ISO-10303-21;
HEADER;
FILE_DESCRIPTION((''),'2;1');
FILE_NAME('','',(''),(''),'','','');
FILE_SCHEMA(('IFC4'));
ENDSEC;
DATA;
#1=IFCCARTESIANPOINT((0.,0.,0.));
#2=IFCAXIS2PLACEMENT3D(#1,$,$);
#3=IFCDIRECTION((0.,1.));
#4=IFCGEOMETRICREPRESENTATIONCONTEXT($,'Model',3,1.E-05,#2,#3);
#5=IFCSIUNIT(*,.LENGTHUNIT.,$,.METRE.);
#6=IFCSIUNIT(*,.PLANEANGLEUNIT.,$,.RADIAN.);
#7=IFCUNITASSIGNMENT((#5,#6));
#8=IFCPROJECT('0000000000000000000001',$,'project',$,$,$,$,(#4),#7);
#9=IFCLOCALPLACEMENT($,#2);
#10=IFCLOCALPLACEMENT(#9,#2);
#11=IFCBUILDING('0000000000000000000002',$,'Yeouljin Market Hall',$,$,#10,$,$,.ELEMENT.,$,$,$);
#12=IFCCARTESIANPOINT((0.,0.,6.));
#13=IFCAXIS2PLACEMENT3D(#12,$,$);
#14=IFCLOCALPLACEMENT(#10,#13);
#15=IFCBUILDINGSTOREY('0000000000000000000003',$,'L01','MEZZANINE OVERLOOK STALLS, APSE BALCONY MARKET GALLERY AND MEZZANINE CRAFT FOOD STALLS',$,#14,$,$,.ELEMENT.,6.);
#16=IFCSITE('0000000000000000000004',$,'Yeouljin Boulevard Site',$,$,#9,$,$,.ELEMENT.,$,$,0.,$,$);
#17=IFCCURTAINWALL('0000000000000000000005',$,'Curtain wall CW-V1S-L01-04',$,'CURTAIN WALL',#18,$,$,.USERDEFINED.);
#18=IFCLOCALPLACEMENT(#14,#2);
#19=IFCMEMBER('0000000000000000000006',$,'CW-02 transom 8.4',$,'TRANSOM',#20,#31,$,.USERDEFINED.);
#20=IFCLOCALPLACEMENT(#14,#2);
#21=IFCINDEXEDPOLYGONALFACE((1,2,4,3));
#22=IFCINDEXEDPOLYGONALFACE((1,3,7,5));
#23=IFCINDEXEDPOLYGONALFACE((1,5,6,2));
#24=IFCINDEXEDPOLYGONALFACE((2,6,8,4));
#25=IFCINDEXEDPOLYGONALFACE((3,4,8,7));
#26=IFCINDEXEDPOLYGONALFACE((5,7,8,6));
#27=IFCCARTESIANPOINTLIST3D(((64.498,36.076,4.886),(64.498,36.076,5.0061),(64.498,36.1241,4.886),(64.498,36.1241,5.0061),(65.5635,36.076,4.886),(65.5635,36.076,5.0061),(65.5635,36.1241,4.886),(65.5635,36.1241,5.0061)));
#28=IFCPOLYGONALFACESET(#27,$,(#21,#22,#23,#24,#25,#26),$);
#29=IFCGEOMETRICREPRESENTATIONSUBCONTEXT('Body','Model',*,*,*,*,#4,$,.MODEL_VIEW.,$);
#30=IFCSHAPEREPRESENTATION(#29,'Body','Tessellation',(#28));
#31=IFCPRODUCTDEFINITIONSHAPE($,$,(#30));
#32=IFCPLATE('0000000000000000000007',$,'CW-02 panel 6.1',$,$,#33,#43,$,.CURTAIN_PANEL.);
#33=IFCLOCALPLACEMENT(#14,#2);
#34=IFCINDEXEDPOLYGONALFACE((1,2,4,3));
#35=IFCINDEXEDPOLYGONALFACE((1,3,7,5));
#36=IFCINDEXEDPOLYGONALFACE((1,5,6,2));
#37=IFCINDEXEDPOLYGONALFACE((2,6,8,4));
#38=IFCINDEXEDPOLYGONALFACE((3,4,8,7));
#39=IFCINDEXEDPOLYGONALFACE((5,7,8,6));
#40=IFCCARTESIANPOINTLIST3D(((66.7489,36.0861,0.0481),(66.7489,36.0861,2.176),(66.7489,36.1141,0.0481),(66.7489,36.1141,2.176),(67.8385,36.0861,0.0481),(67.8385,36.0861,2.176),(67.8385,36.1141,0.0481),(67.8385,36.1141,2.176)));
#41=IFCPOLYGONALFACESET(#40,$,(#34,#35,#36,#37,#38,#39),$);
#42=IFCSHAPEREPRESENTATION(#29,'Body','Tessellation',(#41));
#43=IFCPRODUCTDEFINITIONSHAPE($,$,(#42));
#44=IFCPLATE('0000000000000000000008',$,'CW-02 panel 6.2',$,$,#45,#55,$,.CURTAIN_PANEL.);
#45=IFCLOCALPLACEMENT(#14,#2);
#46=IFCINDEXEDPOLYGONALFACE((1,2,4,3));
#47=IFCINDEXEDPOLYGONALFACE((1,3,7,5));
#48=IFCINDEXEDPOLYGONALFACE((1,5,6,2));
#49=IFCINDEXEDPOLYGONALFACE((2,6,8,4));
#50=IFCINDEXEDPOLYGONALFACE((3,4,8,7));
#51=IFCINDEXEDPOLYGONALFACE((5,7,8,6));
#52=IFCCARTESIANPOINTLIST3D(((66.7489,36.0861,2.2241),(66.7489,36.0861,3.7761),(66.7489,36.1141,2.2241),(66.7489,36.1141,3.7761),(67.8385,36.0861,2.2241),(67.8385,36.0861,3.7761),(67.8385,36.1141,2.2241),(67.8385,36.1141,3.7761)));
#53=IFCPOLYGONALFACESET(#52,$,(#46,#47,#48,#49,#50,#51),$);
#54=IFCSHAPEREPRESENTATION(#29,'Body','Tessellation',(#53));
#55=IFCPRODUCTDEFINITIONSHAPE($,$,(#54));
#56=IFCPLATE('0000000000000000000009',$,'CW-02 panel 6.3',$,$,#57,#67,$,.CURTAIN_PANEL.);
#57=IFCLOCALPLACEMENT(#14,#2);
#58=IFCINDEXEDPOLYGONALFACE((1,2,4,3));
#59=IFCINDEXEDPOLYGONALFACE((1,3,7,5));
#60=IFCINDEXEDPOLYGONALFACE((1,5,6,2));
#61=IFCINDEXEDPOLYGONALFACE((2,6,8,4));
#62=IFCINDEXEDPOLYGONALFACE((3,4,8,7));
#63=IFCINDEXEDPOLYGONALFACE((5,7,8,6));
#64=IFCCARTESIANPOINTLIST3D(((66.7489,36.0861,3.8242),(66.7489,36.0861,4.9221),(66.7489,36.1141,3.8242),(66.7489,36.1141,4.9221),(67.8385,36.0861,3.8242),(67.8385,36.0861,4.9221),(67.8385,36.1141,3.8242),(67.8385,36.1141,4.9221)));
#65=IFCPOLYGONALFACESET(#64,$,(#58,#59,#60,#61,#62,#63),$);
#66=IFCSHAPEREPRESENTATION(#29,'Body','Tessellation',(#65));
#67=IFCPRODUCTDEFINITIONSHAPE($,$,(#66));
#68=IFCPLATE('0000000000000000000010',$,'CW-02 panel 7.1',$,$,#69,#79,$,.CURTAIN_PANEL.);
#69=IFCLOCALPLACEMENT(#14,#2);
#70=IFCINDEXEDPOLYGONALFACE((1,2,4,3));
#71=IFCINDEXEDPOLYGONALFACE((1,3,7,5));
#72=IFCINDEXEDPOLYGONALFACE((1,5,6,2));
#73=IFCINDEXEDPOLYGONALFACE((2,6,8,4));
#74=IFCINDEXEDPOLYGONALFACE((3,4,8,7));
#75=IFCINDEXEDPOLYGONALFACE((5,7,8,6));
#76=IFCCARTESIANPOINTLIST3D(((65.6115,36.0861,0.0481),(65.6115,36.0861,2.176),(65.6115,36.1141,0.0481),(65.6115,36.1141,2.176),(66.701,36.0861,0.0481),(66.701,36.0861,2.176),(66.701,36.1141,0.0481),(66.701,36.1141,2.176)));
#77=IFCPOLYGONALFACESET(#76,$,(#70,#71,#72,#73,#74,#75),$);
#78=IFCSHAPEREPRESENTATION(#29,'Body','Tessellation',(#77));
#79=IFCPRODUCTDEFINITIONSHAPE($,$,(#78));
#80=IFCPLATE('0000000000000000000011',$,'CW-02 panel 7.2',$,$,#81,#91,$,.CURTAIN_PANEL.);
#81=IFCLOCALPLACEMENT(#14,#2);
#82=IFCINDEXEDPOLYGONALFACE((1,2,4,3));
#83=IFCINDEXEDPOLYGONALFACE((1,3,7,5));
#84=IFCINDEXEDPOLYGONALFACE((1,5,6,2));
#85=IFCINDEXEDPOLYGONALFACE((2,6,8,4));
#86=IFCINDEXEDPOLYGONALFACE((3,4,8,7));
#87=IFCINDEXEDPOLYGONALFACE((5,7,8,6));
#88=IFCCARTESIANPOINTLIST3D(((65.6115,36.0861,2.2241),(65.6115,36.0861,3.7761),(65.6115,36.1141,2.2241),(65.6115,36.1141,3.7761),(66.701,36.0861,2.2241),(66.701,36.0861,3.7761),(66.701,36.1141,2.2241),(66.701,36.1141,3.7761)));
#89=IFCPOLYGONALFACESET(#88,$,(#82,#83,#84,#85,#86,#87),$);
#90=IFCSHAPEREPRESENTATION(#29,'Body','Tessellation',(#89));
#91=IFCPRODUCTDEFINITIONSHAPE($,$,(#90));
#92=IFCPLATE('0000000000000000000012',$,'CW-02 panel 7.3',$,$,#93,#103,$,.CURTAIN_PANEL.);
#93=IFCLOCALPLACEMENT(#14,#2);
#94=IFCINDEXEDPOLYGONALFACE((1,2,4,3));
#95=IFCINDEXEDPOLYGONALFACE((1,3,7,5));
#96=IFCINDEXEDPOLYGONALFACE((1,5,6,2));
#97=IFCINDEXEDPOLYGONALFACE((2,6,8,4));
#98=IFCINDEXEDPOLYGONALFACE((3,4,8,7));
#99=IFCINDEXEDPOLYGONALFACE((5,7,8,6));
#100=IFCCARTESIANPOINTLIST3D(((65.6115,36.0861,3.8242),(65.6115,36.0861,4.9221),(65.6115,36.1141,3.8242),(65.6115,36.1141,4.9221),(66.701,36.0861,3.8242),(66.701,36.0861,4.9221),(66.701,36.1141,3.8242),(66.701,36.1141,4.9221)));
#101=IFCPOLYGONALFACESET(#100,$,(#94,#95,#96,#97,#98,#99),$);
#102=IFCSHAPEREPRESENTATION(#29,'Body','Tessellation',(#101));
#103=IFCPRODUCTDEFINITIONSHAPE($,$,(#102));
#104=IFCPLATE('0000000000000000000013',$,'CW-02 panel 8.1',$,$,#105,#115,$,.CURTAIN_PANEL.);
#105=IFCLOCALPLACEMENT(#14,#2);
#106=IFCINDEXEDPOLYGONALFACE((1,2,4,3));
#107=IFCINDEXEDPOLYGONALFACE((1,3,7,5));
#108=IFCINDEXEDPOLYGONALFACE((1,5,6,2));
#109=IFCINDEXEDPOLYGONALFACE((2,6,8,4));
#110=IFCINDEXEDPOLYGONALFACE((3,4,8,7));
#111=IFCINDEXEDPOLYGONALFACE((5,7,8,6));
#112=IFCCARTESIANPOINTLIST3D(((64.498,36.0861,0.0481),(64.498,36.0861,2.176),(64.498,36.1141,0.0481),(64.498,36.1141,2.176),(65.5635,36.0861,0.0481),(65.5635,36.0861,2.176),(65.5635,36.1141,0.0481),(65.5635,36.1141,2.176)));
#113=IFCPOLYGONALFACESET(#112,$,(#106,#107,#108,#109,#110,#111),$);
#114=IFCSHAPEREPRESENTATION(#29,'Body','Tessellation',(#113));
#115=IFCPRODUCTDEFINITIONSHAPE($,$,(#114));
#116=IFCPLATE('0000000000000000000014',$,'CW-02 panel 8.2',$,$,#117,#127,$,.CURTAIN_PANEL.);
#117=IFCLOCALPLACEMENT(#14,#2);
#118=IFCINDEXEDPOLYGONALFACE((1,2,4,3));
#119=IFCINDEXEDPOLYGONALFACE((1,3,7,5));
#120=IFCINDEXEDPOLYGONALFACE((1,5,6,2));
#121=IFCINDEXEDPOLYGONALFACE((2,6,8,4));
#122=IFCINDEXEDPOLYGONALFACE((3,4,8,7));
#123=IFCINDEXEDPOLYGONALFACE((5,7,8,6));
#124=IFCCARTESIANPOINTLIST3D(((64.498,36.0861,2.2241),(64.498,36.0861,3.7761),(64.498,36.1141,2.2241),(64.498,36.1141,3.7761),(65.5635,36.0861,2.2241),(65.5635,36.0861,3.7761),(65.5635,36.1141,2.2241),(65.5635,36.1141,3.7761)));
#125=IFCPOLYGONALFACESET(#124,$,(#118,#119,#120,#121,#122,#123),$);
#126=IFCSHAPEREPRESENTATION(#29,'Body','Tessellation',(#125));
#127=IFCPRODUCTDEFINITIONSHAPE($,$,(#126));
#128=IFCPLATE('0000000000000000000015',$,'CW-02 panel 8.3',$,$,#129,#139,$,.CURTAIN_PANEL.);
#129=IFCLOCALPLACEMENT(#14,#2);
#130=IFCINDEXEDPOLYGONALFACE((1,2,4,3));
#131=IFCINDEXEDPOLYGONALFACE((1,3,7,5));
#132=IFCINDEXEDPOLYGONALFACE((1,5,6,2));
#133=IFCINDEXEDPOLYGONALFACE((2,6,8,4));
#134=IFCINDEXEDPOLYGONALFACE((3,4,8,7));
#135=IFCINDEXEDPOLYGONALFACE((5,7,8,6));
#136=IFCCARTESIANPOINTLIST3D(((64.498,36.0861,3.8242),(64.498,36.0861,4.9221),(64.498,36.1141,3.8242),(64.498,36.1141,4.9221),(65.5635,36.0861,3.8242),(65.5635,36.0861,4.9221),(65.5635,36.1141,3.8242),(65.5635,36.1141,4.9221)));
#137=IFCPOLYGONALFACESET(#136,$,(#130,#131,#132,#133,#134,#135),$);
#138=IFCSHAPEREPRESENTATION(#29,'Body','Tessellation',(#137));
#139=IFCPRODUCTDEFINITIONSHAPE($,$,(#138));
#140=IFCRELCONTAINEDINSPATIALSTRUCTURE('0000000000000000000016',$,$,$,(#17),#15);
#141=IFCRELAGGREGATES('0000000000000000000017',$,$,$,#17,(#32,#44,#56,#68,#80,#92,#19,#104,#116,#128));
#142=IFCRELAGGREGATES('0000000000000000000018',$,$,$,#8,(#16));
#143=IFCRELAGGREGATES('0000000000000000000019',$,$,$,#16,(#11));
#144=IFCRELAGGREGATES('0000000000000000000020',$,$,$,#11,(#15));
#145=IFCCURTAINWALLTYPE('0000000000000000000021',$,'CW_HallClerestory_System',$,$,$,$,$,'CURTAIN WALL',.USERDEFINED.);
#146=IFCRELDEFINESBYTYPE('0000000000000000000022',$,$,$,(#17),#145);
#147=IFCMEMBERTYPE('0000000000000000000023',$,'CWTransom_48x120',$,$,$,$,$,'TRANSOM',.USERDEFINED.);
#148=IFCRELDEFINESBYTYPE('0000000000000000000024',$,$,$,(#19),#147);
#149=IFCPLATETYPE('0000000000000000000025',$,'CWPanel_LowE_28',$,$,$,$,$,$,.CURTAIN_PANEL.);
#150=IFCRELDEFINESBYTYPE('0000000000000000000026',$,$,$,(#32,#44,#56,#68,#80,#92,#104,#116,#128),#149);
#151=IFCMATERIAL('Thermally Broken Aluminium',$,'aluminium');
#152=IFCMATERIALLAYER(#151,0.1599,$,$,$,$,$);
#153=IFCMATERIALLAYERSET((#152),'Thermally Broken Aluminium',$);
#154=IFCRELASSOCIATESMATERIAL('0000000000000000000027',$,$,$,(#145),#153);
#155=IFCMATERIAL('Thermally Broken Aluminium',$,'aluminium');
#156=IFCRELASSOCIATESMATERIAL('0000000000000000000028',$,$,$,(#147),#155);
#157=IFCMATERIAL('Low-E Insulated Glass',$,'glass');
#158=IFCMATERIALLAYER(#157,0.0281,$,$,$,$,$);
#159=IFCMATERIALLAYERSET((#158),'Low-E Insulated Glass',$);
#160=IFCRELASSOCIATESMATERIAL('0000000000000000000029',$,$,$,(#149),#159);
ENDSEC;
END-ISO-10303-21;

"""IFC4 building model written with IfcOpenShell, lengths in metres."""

from ifc_helpers import new_model, si_unit, direction, frame, origin, origin_2d, place, context, subcontext, project, spatial, rectangle, extrude, material, layer, layer_set, material_profile, profile_set, type_object, element, aggregate, save


model = new_model("IFC4")

# Units and contexts
model_context = context("Model", 3, precision=1e-05, world=origin(), true_north=direction((0.0, 1.0)))
body_context = subcontext(model_context, "Body", "Model", "MODEL_VIEW")
ifc_project = project(units=[si_unit("LENGTHUNIT", "METRE"), si_unit("PLANEANGLEUNIT", "RADIAN")], contexts=[model_context])

# Site, building, storey
site_placement = place(None, origin())
site = spatial("IfcSite", under=ifc_project, at=site_placement, Name="Yeouljin Boulevard Site", CompositionType="ELEMENT", RefElevation=0.0)
building_placement = place(site_placement, origin())
building = spatial("IfcBuilding", under=site, at=building_placement, Name="Yeouljin Market Hall", CompositionType="ELEMENT")
storey_placement = place(building_placement, frame((0.0, 0.0, 6.0)))
storey = spatial("IfcBuildingStorey", under=building, at=storey_placement, Name="L01", Description="MEZZANINE OVERLOOK STALLS, APSE BALCONY MARKET GALLERY AND MEZZANINE CRAFT FOOD STALLS", CompositionType="ELEMENT", Elevation=6.0)

# Curtain wall, member, plates
ifc_material_1 = material(Name="Thermally Broken Aluminium", Category="aluminium")
ifc_layer_1 = layer(ifc_material_1, 0.1599)
ifc_layer_set_1 = layer_set([ifc_layer_1], Name="Thermally Broken Aluminium")
curtain_wall_type = type_object("IfcCurtainWallType", Name="CW_HallClerestory_System", ElementType="CURTAIN WALL", PredefinedType="USERDEFINED", material=ifc_layer_set_1)
curtain_wall_placement = place(storey_placement, origin())
curtain_wall = element("IfcCurtainWall", 1, at=curtain_wall_placement, inside=storey, type_object=curtain_wall_type, Name="Curtain wall CW-V1S-L01-04", ObjectType="CURTAIN WALL", PredefinedType="USERDEFINED")
ifc_material_2 = material(Name="Thermally Broken Aluminium", Category="aluminium")
ifc_material_profile_1 = material_profile(ifc_material_2, rectangle(XDim=0.0481, YDim=0.1201, at=origin_2d()), Name="CW-TRAN-48x120")
ifc_profile_set_1 = profile_set([ifc_material_profile_1], Name="Thermally Broken Aluminium")
member_type_1 = type_object("IfcMemberType", Name="CWTransom_48x120", ElementType="TRANSOM", PredefinedType="USERDEFINED", material=ifc_profile_set_1)
member_1_placement = place(storey_placement, frame((65.5635, 36.1001, 4.946), z_axis=(-1.0, 0.0, 0.0), x_axis=(0.0, -1.0, 0.0)))
member_1 = element("IfcMember", 2, at=member_1_placement, type_object=member_type_1, Name="CW-02 transom 8.4", ObjectType="TRANSOM", PredefinedType="USERDEFINED", context=body_context, shape_type="SweptSolid", body=[
    extrude(rectangle(XDim=0.0481, YDim=0.1201, at=origin_2d()), origin(), (0.0, 0.0, 1.0), 1.0654),
])
ifc_material_3 = material(Name="Low-E Insulated Glass", Category="glass")
ifc_layer_2 = layer(ifc_material_3, 0.0281)
ifc_layer_set_2 = layer_set([ifc_layer_2], Name="Low-E Insulated Glass")
plate_type = type_object("IfcPlateType", Name="CWPanel_LowE_28", PredefinedType="CURTAIN_PANEL", material=ifc_layer_set_2)
plate_1_placement = place(storey_placement, frame((67.2937, 36.1001, 0.0481), z_axis=(0.0, 0.0, 1.0), x_axis=(-1.0, 0.0, 0.0)))
plate_1 = element("IfcPlate", 3, at=plate_1_placement, type_object=plate_type, Name="CW-02 panel 6.1", PredefinedType="CURTAIN_PANEL", context=body_context, shape_type="SweptSolid", body=[
    extrude(rectangle(XDim=1.0896, YDim=0.0281, at=origin_2d()), origin(), (0.0, 0.0, 1.0), 2.1279),
])
plate_2_placement = place(storey_placement, frame((67.2937, 36.1001, 2.2241), z_axis=(0.0, 0.0, 1.0), x_axis=(-1.0, 0.0, 0.0)))
plate_2 = element("IfcPlate", 4, at=plate_2_placement, type_object=plate_type, Name="CW-02 panel 6.2", PredefinedType="CURTAIN_PANEL", context=body_context, shape_type="SweptSolid", body=[
    extrude(rectangle(XDim=1.0896, YDim=0.0281, at=origin_2d()), origin(), (0.0, 0.0, 1.0), 1.552),
])
plate_3_placement = place(storey_placement, frame((67.2937, 36.1001, 3.8242), z_axis=(0.0, 0.0, 1.0), x_axis=(-1.0, 0.0, 0.0)))
plate_3 = element("IfcPlate", 5, at=plate_3_placement, type_object=plate_type, Name="CW-02 panel 6.3", PredefinedType="CURTAIN_PANEL", context=body_context, shape_type="SweptSolid", body=[
    extrude(rectangle(XDim=1.0896, YDim=0.0281, at=origin_2d()), origin(), (0.0, 0.0, 1.0), 1.0979),
])
plate_4_placement = place(storey_placement, frame((66.1562, 36.1001, 0.0481), z_axis=(0.0, 0.0, 1.0), x_axis=(-1.0, 0.0, 0.0)))
plate_4 = element("IfcPlate", 6, at=plate_4_placement, type_object=plate_type, Name="CW-02 panel 7.1", PredefinedType="CURTAIN_PANEL", context=body_context, shape_type="SweptSolid", body=[
    extrude(rectangle(XDim=1.0896, YDim=0.0281, at=origin_2d()), origin(), (0.0, 0.0, 1.0), 2.1279),
])
plate_5_placement = place(storey_placement, frame((66.1562, 36.1001, 2.2241), z_axis=(0.0, 0.0, 1.0), x_axis=(-1.0, 0.0, 0.0)))
plate_5 = element("IfcPlate", 7, at=plate_5_placement, type_object=plate_type, Name="CW-02 panel 7.2", PredefinedType="CURTAIN_PANEL", context=body_context, shape_type="SweptSolid", body=[
    extrude(rectangle(XDim=1.0896, YDim=0.0281, at=origin_2d()), origin(), (0.0, 0.0, 1.0), 1.552),
])
plate_6_placement = place(storey_placement, frame((66.1562, 36.1001, 3.8242), z_axis=(0.0, 0.0, 1.0), x_axis=(-1.0, 0.0, 0.0)))
plate_6 = element("IfcPlate", 8, at=plate_6_placement, type_object=plate_type, Name="CW-02 panel 7.3", PredefinedType="CURTAIN_PANEL", context=body_context, shape_type="SweptSolid", body=[
    extrude(rectangle(XDim=1.0896, YDim=0.0281, at=origin_2d()), origin(), (0.0, 0.0, 1.0), 1.0979),
])
plate_7_placement = place(storey_placement, frame((65.0308, 36.1001, 0.0481), z_axis=(0.0, 0.0, 1.0), x_axis=(-1.0, 0.0, 0.0)))
plate_7 = element("IfcPlate", 9, at=plate_7_placement, type_object=plate_type, Name="CW-02 panel 8.1", PredefinedType="CURTAIN_PANEL", context=body_context, shape_type="SweptSolid", body=[
    extrude(rectangle(XDim=1.0654, YDim=0.0281, at=origin_2d()), origin(), (0.0, 0.0, 1.0), 2.1279),
])
plate_8_placement = place(storey_placement, frame((65.0308, 36.1001, 2.2241), z_axis=(0.0, 0.0, 1.0), x_axis=(-1.0, 0.0, 0.0)))
plate_8 = element("IfcPlate", 10, at=plate_8_placement, type_object=plate_type, Name="CW-02 panel 8.2", PredefinedType="CURTAIN_PANEL", context=body_context, shape_type="SweptSolid", body=[
    extrude(rectangle(XDim=1.0654, YDim=0.0281, at=origin_2d()), origin(), (0.0, 0.0, 1.0), 1.552),
])
plate_9_placement = place(storey_placement, frame((65.0308, 36.1001, 3.8242), z_axis=(0.0, 0.0, 1.0), x_axis=(-1.0, 0.0, 0.0)))
plate_9 = element("IfcPlate", 11, at=plate_9_placement, type_object=plate_type, Name="CW-02 panel 8.3", PredefinedType="CURTAIN_PANEL", context=body_context, shape_type="SweptSolid", body=[
    extrude(rectangle(XDim=1.0654, YDim=0.0281, at=origin_2d()), origin(), (0.0, 0.0, 1.0), 1.0979),
])
aggregate(curtain_wall, [plate_1, plate_2, plate_3, plate_4, plate_5, plate_6, member_1, plate_7, plate_8, plate_9])

save(model, "model.ifc")
